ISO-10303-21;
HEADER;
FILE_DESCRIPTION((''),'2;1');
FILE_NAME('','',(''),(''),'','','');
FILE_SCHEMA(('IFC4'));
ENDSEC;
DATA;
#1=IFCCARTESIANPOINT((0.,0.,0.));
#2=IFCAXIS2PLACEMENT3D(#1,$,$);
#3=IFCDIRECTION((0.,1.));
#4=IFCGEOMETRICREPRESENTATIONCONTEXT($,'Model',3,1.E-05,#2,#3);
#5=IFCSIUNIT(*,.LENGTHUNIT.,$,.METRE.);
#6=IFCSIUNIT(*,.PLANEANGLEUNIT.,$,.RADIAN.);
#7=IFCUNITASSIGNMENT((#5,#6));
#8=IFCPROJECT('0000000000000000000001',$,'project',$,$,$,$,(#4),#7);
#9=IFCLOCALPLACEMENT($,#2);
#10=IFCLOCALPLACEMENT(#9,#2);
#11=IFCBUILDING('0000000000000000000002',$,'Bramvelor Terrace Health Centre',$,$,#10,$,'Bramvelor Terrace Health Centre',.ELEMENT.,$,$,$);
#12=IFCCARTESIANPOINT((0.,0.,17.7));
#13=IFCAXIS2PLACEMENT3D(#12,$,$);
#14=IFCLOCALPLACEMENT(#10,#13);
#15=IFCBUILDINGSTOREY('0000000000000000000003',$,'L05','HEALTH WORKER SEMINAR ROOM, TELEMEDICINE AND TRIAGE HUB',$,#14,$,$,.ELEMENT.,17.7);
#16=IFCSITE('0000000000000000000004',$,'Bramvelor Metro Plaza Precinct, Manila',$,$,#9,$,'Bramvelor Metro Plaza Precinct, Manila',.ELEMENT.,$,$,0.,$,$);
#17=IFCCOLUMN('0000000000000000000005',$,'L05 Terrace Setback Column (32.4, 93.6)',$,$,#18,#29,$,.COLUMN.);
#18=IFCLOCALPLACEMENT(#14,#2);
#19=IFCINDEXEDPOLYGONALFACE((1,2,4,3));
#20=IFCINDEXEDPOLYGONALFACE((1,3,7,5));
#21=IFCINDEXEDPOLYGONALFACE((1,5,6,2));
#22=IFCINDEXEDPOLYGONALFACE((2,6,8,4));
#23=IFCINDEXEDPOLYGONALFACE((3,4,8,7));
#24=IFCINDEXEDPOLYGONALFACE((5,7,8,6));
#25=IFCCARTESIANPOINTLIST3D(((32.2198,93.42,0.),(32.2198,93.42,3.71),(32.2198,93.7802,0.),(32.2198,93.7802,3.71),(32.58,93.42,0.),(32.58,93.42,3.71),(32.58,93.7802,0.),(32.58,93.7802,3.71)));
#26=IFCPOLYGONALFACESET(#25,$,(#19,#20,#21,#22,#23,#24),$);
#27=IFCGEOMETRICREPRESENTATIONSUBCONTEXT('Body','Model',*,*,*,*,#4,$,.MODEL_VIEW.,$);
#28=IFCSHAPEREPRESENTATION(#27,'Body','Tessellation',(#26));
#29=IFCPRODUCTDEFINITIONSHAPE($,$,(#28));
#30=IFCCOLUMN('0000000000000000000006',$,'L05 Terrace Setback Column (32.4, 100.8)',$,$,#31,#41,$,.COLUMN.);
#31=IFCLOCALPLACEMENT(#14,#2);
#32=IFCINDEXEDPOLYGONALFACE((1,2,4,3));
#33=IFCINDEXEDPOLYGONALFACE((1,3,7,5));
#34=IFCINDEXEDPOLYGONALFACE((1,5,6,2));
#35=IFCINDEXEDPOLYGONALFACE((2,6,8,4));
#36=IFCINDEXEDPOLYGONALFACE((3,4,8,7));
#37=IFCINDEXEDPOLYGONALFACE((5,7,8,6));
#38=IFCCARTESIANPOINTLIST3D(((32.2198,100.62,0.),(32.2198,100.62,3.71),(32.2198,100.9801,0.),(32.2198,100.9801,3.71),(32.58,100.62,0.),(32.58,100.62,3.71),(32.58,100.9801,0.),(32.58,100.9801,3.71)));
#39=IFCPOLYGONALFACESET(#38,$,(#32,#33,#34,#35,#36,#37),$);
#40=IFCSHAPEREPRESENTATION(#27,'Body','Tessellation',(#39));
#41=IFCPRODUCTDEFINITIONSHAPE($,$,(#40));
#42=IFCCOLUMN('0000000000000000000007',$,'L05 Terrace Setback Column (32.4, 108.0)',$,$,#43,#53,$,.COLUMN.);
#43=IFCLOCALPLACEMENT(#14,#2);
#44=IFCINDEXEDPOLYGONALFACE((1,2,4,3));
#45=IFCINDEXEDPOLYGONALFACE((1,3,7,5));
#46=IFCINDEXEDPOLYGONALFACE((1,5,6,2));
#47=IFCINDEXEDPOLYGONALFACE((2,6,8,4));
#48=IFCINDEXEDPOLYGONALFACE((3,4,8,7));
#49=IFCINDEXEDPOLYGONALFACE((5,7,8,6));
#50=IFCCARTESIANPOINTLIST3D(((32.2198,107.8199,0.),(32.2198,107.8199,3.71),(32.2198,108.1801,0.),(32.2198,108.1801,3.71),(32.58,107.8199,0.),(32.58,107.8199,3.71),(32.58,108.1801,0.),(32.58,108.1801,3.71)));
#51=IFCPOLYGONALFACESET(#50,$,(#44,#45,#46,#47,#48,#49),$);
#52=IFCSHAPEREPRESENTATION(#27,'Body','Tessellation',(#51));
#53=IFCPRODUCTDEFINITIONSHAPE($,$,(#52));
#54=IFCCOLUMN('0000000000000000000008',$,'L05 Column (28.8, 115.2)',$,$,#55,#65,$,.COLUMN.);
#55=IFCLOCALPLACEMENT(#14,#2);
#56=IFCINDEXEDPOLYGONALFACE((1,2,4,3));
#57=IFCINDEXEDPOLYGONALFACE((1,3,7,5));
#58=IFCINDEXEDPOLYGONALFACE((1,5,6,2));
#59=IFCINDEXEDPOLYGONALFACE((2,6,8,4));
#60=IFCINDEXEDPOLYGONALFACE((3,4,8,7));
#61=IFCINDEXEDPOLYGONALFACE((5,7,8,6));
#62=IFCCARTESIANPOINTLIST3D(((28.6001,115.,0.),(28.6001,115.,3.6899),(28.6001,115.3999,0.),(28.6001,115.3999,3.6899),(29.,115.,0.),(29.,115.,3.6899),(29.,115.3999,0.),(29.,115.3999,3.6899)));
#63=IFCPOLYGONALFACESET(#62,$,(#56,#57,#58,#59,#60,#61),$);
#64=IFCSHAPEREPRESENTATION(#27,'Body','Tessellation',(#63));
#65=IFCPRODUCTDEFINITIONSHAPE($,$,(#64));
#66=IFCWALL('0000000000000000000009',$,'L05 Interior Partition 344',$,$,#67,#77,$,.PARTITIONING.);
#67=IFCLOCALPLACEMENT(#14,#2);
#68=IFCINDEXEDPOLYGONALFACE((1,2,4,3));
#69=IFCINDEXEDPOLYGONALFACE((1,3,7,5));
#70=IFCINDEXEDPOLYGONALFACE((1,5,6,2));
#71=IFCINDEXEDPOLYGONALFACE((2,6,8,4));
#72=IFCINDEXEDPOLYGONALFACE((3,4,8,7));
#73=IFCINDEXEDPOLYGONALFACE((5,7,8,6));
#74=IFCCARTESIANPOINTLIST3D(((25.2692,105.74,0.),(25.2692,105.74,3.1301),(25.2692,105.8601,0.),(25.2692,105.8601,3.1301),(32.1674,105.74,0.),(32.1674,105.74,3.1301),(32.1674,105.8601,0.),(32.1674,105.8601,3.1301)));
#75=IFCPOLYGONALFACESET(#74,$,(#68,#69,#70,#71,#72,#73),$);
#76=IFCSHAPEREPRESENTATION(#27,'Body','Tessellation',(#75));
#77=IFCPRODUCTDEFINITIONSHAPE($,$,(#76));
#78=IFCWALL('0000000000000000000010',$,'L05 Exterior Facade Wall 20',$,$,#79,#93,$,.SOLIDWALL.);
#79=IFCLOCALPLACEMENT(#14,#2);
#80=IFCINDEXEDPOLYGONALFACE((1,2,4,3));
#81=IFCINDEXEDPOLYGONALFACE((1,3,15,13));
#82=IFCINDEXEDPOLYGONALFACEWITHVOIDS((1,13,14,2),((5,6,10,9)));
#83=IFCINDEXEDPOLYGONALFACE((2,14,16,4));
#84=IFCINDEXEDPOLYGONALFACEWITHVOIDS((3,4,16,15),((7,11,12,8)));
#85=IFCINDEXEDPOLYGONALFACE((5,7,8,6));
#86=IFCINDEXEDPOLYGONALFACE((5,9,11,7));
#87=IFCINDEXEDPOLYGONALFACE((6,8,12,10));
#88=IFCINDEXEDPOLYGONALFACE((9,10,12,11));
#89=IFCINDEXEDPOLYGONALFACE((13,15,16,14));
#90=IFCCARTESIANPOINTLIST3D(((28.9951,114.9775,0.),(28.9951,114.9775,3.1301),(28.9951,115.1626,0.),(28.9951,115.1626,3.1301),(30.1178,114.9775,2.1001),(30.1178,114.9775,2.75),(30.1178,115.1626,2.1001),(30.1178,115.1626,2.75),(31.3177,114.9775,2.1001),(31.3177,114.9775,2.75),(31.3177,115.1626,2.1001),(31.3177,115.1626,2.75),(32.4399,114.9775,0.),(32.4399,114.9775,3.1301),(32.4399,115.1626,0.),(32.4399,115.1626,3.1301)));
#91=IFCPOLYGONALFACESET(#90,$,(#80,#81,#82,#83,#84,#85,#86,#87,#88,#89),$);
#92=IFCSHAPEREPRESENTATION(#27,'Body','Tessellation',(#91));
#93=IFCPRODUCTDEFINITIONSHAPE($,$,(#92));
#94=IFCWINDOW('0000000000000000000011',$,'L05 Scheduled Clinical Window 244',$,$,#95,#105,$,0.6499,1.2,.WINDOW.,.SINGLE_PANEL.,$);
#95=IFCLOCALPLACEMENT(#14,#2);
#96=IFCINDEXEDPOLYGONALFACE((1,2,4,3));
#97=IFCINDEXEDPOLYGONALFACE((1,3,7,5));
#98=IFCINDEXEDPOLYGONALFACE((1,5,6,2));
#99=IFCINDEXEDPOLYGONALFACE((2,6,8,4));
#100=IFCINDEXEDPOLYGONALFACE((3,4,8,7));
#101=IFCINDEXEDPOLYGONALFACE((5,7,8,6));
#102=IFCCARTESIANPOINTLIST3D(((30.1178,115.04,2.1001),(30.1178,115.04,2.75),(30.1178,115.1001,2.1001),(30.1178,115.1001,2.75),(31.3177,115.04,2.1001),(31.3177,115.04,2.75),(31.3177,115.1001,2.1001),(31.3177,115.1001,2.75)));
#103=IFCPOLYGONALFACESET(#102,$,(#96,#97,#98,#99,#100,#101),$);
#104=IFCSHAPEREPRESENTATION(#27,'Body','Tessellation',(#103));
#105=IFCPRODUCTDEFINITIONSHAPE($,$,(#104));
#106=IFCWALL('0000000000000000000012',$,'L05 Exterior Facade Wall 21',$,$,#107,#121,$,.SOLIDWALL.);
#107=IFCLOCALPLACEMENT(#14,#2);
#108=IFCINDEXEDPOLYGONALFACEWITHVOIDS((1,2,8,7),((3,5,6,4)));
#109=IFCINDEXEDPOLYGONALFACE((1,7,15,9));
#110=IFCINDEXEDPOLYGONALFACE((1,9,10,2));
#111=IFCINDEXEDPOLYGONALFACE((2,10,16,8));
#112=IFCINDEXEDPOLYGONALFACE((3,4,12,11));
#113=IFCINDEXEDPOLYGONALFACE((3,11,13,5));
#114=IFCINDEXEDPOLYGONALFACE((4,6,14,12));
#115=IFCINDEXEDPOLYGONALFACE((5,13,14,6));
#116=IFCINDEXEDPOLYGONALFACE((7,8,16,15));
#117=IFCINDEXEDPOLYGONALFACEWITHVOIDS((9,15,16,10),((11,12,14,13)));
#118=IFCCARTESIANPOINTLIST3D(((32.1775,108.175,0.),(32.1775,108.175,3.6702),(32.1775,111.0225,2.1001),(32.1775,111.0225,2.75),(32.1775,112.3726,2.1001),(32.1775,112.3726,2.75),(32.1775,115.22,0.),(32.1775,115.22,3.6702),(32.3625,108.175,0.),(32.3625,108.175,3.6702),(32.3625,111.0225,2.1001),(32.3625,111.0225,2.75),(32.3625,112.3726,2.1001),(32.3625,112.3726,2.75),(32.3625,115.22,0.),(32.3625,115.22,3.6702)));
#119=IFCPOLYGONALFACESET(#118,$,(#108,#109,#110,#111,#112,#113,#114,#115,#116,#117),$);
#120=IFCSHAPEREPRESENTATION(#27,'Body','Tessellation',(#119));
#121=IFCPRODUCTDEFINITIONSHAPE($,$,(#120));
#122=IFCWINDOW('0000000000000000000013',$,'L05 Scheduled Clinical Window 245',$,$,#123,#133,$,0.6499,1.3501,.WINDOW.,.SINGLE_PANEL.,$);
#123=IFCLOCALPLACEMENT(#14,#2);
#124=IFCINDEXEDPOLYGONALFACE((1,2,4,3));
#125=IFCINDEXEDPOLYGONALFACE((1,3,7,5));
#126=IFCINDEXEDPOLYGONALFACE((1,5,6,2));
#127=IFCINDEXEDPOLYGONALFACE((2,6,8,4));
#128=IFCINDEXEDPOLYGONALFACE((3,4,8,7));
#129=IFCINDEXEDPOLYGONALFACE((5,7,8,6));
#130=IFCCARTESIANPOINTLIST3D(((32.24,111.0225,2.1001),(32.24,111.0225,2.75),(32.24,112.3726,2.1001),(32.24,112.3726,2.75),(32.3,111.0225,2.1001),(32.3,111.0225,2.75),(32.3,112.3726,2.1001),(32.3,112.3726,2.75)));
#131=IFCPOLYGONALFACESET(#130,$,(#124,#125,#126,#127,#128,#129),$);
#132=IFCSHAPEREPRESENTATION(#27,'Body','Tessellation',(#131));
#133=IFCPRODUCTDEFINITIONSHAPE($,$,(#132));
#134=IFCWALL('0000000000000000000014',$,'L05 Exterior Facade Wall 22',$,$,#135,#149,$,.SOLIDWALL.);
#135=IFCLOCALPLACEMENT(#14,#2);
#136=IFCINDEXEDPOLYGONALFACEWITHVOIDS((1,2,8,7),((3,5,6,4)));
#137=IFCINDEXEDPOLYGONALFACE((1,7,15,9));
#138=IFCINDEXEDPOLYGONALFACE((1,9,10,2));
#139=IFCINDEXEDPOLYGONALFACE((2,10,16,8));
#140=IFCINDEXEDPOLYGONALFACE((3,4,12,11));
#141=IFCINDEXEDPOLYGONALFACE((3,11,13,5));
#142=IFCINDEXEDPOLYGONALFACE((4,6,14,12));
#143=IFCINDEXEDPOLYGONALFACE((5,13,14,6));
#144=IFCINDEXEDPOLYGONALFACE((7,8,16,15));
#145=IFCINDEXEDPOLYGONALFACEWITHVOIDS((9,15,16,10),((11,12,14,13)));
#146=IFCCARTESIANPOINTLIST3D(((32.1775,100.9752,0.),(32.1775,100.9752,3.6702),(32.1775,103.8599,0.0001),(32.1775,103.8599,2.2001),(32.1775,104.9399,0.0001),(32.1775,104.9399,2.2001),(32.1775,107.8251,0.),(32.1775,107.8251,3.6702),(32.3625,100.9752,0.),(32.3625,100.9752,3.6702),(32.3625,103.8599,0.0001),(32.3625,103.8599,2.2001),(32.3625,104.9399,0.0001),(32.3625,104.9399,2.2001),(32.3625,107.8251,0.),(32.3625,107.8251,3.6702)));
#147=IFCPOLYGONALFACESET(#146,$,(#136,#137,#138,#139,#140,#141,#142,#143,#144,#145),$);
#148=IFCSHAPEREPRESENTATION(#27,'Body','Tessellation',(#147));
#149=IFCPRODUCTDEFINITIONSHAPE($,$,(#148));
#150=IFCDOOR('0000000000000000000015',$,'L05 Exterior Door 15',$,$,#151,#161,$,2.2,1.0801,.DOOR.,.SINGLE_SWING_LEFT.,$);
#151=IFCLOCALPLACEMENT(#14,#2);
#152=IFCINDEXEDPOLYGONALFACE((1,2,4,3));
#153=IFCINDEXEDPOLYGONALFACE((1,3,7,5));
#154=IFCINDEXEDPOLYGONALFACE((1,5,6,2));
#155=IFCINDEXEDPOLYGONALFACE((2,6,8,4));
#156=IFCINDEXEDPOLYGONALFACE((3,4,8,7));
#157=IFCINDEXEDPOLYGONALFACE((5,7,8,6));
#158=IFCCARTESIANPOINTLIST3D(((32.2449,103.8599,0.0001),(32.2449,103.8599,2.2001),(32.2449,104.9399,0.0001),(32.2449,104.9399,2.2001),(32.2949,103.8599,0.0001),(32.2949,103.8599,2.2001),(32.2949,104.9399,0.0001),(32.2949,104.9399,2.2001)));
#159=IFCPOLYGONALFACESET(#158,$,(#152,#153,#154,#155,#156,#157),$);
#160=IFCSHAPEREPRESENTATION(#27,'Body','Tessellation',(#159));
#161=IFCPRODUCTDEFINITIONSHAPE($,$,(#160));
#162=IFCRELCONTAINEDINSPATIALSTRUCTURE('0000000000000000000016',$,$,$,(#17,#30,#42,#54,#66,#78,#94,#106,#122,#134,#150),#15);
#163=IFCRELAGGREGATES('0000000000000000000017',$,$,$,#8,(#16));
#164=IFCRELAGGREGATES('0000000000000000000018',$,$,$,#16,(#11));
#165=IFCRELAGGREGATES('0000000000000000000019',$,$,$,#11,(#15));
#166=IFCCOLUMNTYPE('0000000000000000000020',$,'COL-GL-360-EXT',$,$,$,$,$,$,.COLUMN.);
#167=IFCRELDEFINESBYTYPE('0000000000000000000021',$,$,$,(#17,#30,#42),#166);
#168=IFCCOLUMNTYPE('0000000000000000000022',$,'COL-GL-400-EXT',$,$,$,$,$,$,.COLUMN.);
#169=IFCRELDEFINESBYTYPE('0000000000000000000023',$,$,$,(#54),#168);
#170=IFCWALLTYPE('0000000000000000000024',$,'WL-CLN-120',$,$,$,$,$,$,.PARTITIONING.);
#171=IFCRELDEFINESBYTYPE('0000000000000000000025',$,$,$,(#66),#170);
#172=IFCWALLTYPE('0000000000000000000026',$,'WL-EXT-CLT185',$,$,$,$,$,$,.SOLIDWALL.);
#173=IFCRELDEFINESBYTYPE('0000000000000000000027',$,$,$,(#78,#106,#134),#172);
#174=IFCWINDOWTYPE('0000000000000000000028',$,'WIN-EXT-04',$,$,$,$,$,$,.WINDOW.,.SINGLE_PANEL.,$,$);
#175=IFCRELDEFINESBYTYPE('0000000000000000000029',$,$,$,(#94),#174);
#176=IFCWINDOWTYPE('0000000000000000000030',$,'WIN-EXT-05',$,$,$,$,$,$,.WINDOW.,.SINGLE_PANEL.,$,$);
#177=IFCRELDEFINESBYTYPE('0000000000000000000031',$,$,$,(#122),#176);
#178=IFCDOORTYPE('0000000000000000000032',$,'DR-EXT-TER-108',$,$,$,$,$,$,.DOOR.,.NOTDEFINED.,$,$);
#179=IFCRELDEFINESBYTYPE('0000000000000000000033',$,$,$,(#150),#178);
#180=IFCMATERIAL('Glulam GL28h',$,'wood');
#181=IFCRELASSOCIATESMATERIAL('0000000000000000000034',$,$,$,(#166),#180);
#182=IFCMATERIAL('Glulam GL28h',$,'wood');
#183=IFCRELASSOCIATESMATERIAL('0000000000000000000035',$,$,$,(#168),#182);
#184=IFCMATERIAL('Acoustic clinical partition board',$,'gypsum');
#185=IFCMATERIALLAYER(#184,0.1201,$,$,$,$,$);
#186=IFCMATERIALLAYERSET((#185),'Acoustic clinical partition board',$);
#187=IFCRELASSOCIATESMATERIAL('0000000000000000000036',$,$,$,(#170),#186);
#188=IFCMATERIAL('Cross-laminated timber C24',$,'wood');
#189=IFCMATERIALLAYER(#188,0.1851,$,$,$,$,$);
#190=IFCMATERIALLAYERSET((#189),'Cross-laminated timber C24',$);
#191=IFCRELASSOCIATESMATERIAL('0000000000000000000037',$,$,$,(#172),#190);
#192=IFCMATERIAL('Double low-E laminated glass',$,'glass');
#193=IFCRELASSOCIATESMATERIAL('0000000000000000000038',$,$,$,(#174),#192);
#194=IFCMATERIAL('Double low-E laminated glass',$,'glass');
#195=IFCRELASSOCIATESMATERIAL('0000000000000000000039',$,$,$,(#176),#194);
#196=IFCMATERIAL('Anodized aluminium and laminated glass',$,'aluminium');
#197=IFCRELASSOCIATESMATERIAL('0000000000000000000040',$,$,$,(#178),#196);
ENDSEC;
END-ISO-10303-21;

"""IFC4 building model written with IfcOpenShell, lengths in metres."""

from ifc_helpers import new_model, si_unit, direction, frame, frame_2d, origin, origin_2d, place, context, subcontext, project, spatial, rectangle, extrude, material, layer, layer_set, material_profile, profile_set, type_object, element, fill, save


model = new_model("IFC4")

# Units and contexts
model_context = context("Model", 3, precision=1e-05, world=origin(), true_north=direction((0.0, 1.0)))
body_context = subcontext(model_context, "Body", "Model", "MODEL_VIEW")
ifc_project = project(units=[si_unit("LENGTHUNIT", "METRE"), si_unit("PLANEANGLEUNIT", "RADIAN")], contexts=[model_context])

# Site, building, storey
site_placement = place(None, origin())
site = spatial("IfcSite", under=ifc_project, at=site_placement, Name="Bramvelor Metro Plaza Precinct, Manila", LongName="Bramvelor Metro Plaza Precinct, Manila", CompositionType="ELEMENT", RefElevation=0.0)
building_placement = place(site_placement, origin())
building = spatial("IfcBuilding", under=site, at=building_placement, Name="Bramvelor Terrace Health Centre", LongName="Bramvelor Terrace Health Centre", CompositionType="ELEMENT")
storey_placement = place(building_placement, frame((0.0, 0.0, 17.7)))
storey = spatial("IfcBuildingStorey", under=building, at=storey_placement, Name="L05", Description="HEALTH WORKER SEMINAR ROOM, TELEMEDICINE AND TRIAGE HUB", CompositionType="ELEMENT", Elevation=17.7)

# Columns
ifc_material_1 = material(Name="Glulam GL28h", Category="wood")
ifc_material_profile_1 = material_profile(ifc_material_1, rectangle(XDim=0.3601, YDim=0.3601, at=origin_2d()), Name="GL 360x360")
ifc_profile_set_1 = profile_set([ifc_material_profile_1], Name="Glulam GL28h")
column_type_1 = type_object("IfcColumnType", Name="COL-GL-360-EXT", PredefinedType="COLUMN", material=ifc_profile_set_1)
for number, where, z_axis, x_axis, name in (
    (1, (32.3999, 93.6001, 0.0), (0.0, 0.0, 1.0), (1.0, 0.0, 0.0), "L05 Terrace Setback Column (32.4, 93.6)"),
    (2, (32.3999, 100.8, 0.0), (0.0, 0.0, 1.0), (1.0, 0.0, 0.0), "L05 Terrace Setback Column (32.4, 100.8)"),
    (3, (32.3999, 108.0, 0.0), (0.0, 0.0, 1.0), (1.0, 0.0, 0.0), "L05 Terrace Setback Column (32.4, 108.0)"),
):
    element("IfcColumn", number, at=place(storey_placement, frame(where, z_axis=z_axis, x_axis=x_axis)), inside=storey, type_object=column_type_1, Name=name, PredefinedType="COLUMN", context=body_context, shape_type="SweptSolid", body=[
        extrude(rectangle(XDim=0.3601, YDim=0.3601, at=origin_2d()), origin(), (0.0, 0.0, 1.0), 3.71),
    ])
ifc_material_2 = material(Name="Glulam GL28h", Category="wood")
ifc_material_profile_2 = material_profile(ifc_material_2, rectangle(XDim=0.3999, YDim=0.3999, at=origin_2d()), Name="GL 400x400")
ifc_profile_set_2 = profile_set([ifc_material_profile_2], Name="Glulam GL28h")
column_type_2 = type_object("IfcColumnType", Name="COL-GL-400-EXT", PredefinedType="COLUMN", material=ifc_profile_set_2)
column_placement = place(storey_placement, frame((28.8, 115.2, 0.0), z_axis=(0.0, 0.0, 1.0), x_axis=(1.0, 0.0, 0.0)))
element("IfcColumn", 4, at=column_placement, inside=storey, type_object=column_type_2, Name="L05 Column (28.8, 115.2)", PredefinedType="COLUMN", context=body_context, shape_type="SweptSolid", body=[
    extrude(rectangle(XDim=0.3999, YDim=0.3999, at=origin_2d()), origin(), (0.0, 0.0, 1.0), 3.6899),
])

# Wall
ifc_material_3 = material(Name="Acoustic clinical partition board", Category="gypsum")
ifc_layer_1 = layer(ifc_material_3, 0.1201)
ifc_layer_set_1 = layer_set([ifc_layer_1], Name="Acoustic clinical partition board")
wall_type_1 = type_object("IfcWallType", Name="WL-CLN-120", PredefinedType="PARTITIONING", material=ifc_layer_set_1)
wall_1_placement = place(storey_placement, frame((32.1675, 105.8, 0.0), z_axis=(0.0, 0.0, 1.0), x_axis=(-1.0, 0.0, 0.0)))
element("IfcWall", 5, at=wall_1_placement, inside=storey, type_object=wall_type_1, Name="L05 Interior Partition 344", PredefinedType="PARTITIONING", context=body_context, shape_type="SweptSolid", body=[
    extrude(rectangle(XDim=6.8982, YDim=0.1201, at=frame_2d((3.4492, 0.0))), origin(), (0.0, 0.0, 1.0), 3.1301),
])

# Walls, openings, windows
ifc_material_4 = material(Name="Cross-laminated timber C24", Category="wood")
ifc_layer_2 = layer(ifc_material_4, 0.1851)
ifc_layer_set_2 = layer_set([ifc_layer_2], Name="Cross-laminated timber C24")
wall_type_2 = type_object("IfcWallType", Name="WL-EXT-CLT185", PredefinedType="SOLIDWALL", material=ifc_layer_set_2)
wall_2_placement = place(storey_placement, frame((28.9951, 115.0701, 0.0), z_axis=(0.0, 0.0, 1.0), x_axis=(1.0, 0.0, 0.0)))
wall_2 = element("IfcWall", 6, at=wall_2_placement, inside=storey, type_object=wall_type_2, Name="L05 Exterior Facade Wall 20", PredefinedType="SOLIDWALL", context=body_context, shape_type="SweptSolid", body=[
    extrude(rectangle(XDim=3.4448, YDim=0.1851, at=frame_2d((1.7224, 0.0))), origin(), (0.0, 0.0, 1.0), 3.1301),
])
opening_1_placement = place(wall_2_placement, frame((1.1226, 0.0, 2.1001)))
opening_1 = element("IfcOpeningElement", 7, at=opening_1_placement, cuts=wall_2, PredefinedType="OPENING", context=body_context, shape_type="SweptSolid", body=[
    extrude(rectangle(XDim=1.2, YDim=0.6499, at=frame_2d((0.6001, 0.325))), frame((0.0, 0.1025, 0.0), z_axis=(0.0, -1.0, 0.0), x_axis=(1.0, 0.0, 0.0)), (0.0, 0.0, 1.0), 0.2051),
])
ifc_material_5 = material(Name="Double low-E laminated glass", Category="glass")
window_type_1 = type_object("IfcWindowType", Name="WIN-EXT-04", PartitioningType="SINGLE_PANEL", PredefinedType="WINDOW", material=ifc_material_5)
window_1_placement = place(opening_1_placement, origin())
window_1 = element("IfcWindow", 8, at=window_1_placement, inside=storey, type_object=window_type_1, Name="L05 Scheduled Clinical Window 244", OverallHeight=0.6499, OverallWidth=1.2, PartitioningType="SINGLE_PANEL", PredefinedType="WINDOW", context=body_context, shape_type="SweptSolid", body=[
    extrude(rectangle(XDim=1.2, YDim=0.6499, at=frame_2d((0.6001, 0.325))), frame((0.0, 0.03, 0.0), z_axis=(0.0, -1.0, 0.0), x_axis=(1.0, 0.0, 0.0)), (0.0, 0.0, 1.0), 0.0601),
])
fill(opening_1, window_1)
wall_3_placement = place(storey_placement, frame((32.27, 115.22, 0.0), z_axis=(0.0, 0.0, 1.0), x_axis=(0.0, -1.0, 0.0)))
wall_3 = element("IfcWall", 9, at=wall_3_placement, inside=storey, type_object=wall_type_2, Name="L05 Exterior Facade Wall 21", PredefinedType="SOLIDWALL", context=body_context, shape_type="SweptSolid", body=[
    extrude(rectangle(XDim=7.0449, YDim=0.1851, at=frame_2d((3.5225, 0.0))), origin(), (0.0, 0.0, 1.0), 3.6702),
])
opening_2_placement = place(wall_3_placement, frame((2.8474, 0.0, 2.1001)))
opening_2 = element("IfcOpeningElement", 10, at=opening_2_placement, cuts=wall_3, PredefinedType="OPENING", context=body_context, shape_type="SweptSolid", body=[
    extrude(rectangle(XDim=1.3501, YDim=0.6499, at=frame_2d((0.675, 0.325))), frame((0.0, 0.1025, 0.0), z_axis=(0.0, -1.0, 0.0), x_axis=(1.0, 0.0, 0.0)), (0.0, 0.0, 1.0), 0.2051),
])
ifc_material_6 = material(Name="Double low-E laminated glass", Category="glass")
window_type_2 = type_object("IfcWindowType", Name="WIN-EXT-05", PartitioningType="SINGLE_PANEL", PredefinedType="WINDOW", material=ifc_material_6)
window_2_placement = place(opening_2_placement, origin())
window_2 = element("IfcWindow", 11, at=window_2_placement, inside=storey, type_object=window_type_2, Name="L05 Scheduled Clinical Window 245", OverallHeight=0.6499, OverallWidth=1.3501, PartitioningType="SINGLE_PANEL", PredefinedType="WINDOW", context=body_context, shape_type="SweptSolid", body=[
    extrude(rectangle(XDim=1.3501, YDim=0.6499, at=frame_2d((0.675, 0.325))), frame((0.0, 0.03, 0.0), z_axis=(0.0, -1.0, 0.0), x_axis=(1.0, 0.0, 0.0)), (0.0, 0.0, 1.0), 0.0601),
])
fill(opening_2, window_2)

# Wall, opening, door
wall_4_placement = place(storey_placement, frame((32.27, 107.825, 0.0), z_axis=(0.0, 0.0, 1.0), x_axis=(0.0, -1.0, 0.0)))
wall_4 = element("IfcWall", 12, at=wall_4_placement, inside=storey, type_object=wall_type_2, Name="L05 Exterior Facade Wall 22", PredefinedType="SOLIDWALL", context=body_context, shape_type="SweptSolid", body=[
    extrude(rectangle(XDim=6.8499, YDim=0.1851, at=frame_2d((3.4248, 0.0))), origin(), (0.0, 0.0, 1.0), 3.6702),
])
opening_3_placement = place(wall_4_placement, frame((2.885, 0.0, 0.0)))
opening_3 = element("IfcOpeningElement", 13, at=opening_3_placement, cuts=wall_4, PredefinedType="OPENING", context=body_context, shape_type="SweptSolid", body=[
    extrude(rectangle(XDim=1.0801, YDim=2.2, at=frame_2d((0.54, 1.1001))), frame((0.0, 0.1025, 0.0), z_axis=(0.0, -1.0, 0.0), x_axis=(1.0, 0.0, 0.0)), (0.0, 0.0, 1.0), 0.2051),
])
ifc_material_7 = material(Name="Anodized aluminium and laminated glass", Category="aluminium")
door_type = type_object("IfcDoorType", Name="DR-EXT-TER-108", OperationType="NOTDEFINED", PredefinedType="DOOR", material=ifc_material_7)
door_placement = place(opening_3_placement, origin())
door = element("IfcDoor", 14, at=door_placement, inside=storey, type_object=door_type, Name="L05 Exterior Door 15", OperationType="SINGLE_SWING_LEFT", OverallHeight=2.2, OverallWidth=1.0801, PredefinedType="DOOR", context=body_context, shape_type="SweptSolid", body=[
    extrude(rectangle(XDim=1.0801, YDim=2.2, at=frame_2d((0.54, 1.1001))), frame((0.0, 0.0249, 0.0), z_axis=(0.0, -1.0, 0.0), x_axis=(1.0, 0.0, 0.0)), (0.0, 0.0, 1.0), 0.05),
])
fill(opening_3, door)

save(model, "model.ifc")
